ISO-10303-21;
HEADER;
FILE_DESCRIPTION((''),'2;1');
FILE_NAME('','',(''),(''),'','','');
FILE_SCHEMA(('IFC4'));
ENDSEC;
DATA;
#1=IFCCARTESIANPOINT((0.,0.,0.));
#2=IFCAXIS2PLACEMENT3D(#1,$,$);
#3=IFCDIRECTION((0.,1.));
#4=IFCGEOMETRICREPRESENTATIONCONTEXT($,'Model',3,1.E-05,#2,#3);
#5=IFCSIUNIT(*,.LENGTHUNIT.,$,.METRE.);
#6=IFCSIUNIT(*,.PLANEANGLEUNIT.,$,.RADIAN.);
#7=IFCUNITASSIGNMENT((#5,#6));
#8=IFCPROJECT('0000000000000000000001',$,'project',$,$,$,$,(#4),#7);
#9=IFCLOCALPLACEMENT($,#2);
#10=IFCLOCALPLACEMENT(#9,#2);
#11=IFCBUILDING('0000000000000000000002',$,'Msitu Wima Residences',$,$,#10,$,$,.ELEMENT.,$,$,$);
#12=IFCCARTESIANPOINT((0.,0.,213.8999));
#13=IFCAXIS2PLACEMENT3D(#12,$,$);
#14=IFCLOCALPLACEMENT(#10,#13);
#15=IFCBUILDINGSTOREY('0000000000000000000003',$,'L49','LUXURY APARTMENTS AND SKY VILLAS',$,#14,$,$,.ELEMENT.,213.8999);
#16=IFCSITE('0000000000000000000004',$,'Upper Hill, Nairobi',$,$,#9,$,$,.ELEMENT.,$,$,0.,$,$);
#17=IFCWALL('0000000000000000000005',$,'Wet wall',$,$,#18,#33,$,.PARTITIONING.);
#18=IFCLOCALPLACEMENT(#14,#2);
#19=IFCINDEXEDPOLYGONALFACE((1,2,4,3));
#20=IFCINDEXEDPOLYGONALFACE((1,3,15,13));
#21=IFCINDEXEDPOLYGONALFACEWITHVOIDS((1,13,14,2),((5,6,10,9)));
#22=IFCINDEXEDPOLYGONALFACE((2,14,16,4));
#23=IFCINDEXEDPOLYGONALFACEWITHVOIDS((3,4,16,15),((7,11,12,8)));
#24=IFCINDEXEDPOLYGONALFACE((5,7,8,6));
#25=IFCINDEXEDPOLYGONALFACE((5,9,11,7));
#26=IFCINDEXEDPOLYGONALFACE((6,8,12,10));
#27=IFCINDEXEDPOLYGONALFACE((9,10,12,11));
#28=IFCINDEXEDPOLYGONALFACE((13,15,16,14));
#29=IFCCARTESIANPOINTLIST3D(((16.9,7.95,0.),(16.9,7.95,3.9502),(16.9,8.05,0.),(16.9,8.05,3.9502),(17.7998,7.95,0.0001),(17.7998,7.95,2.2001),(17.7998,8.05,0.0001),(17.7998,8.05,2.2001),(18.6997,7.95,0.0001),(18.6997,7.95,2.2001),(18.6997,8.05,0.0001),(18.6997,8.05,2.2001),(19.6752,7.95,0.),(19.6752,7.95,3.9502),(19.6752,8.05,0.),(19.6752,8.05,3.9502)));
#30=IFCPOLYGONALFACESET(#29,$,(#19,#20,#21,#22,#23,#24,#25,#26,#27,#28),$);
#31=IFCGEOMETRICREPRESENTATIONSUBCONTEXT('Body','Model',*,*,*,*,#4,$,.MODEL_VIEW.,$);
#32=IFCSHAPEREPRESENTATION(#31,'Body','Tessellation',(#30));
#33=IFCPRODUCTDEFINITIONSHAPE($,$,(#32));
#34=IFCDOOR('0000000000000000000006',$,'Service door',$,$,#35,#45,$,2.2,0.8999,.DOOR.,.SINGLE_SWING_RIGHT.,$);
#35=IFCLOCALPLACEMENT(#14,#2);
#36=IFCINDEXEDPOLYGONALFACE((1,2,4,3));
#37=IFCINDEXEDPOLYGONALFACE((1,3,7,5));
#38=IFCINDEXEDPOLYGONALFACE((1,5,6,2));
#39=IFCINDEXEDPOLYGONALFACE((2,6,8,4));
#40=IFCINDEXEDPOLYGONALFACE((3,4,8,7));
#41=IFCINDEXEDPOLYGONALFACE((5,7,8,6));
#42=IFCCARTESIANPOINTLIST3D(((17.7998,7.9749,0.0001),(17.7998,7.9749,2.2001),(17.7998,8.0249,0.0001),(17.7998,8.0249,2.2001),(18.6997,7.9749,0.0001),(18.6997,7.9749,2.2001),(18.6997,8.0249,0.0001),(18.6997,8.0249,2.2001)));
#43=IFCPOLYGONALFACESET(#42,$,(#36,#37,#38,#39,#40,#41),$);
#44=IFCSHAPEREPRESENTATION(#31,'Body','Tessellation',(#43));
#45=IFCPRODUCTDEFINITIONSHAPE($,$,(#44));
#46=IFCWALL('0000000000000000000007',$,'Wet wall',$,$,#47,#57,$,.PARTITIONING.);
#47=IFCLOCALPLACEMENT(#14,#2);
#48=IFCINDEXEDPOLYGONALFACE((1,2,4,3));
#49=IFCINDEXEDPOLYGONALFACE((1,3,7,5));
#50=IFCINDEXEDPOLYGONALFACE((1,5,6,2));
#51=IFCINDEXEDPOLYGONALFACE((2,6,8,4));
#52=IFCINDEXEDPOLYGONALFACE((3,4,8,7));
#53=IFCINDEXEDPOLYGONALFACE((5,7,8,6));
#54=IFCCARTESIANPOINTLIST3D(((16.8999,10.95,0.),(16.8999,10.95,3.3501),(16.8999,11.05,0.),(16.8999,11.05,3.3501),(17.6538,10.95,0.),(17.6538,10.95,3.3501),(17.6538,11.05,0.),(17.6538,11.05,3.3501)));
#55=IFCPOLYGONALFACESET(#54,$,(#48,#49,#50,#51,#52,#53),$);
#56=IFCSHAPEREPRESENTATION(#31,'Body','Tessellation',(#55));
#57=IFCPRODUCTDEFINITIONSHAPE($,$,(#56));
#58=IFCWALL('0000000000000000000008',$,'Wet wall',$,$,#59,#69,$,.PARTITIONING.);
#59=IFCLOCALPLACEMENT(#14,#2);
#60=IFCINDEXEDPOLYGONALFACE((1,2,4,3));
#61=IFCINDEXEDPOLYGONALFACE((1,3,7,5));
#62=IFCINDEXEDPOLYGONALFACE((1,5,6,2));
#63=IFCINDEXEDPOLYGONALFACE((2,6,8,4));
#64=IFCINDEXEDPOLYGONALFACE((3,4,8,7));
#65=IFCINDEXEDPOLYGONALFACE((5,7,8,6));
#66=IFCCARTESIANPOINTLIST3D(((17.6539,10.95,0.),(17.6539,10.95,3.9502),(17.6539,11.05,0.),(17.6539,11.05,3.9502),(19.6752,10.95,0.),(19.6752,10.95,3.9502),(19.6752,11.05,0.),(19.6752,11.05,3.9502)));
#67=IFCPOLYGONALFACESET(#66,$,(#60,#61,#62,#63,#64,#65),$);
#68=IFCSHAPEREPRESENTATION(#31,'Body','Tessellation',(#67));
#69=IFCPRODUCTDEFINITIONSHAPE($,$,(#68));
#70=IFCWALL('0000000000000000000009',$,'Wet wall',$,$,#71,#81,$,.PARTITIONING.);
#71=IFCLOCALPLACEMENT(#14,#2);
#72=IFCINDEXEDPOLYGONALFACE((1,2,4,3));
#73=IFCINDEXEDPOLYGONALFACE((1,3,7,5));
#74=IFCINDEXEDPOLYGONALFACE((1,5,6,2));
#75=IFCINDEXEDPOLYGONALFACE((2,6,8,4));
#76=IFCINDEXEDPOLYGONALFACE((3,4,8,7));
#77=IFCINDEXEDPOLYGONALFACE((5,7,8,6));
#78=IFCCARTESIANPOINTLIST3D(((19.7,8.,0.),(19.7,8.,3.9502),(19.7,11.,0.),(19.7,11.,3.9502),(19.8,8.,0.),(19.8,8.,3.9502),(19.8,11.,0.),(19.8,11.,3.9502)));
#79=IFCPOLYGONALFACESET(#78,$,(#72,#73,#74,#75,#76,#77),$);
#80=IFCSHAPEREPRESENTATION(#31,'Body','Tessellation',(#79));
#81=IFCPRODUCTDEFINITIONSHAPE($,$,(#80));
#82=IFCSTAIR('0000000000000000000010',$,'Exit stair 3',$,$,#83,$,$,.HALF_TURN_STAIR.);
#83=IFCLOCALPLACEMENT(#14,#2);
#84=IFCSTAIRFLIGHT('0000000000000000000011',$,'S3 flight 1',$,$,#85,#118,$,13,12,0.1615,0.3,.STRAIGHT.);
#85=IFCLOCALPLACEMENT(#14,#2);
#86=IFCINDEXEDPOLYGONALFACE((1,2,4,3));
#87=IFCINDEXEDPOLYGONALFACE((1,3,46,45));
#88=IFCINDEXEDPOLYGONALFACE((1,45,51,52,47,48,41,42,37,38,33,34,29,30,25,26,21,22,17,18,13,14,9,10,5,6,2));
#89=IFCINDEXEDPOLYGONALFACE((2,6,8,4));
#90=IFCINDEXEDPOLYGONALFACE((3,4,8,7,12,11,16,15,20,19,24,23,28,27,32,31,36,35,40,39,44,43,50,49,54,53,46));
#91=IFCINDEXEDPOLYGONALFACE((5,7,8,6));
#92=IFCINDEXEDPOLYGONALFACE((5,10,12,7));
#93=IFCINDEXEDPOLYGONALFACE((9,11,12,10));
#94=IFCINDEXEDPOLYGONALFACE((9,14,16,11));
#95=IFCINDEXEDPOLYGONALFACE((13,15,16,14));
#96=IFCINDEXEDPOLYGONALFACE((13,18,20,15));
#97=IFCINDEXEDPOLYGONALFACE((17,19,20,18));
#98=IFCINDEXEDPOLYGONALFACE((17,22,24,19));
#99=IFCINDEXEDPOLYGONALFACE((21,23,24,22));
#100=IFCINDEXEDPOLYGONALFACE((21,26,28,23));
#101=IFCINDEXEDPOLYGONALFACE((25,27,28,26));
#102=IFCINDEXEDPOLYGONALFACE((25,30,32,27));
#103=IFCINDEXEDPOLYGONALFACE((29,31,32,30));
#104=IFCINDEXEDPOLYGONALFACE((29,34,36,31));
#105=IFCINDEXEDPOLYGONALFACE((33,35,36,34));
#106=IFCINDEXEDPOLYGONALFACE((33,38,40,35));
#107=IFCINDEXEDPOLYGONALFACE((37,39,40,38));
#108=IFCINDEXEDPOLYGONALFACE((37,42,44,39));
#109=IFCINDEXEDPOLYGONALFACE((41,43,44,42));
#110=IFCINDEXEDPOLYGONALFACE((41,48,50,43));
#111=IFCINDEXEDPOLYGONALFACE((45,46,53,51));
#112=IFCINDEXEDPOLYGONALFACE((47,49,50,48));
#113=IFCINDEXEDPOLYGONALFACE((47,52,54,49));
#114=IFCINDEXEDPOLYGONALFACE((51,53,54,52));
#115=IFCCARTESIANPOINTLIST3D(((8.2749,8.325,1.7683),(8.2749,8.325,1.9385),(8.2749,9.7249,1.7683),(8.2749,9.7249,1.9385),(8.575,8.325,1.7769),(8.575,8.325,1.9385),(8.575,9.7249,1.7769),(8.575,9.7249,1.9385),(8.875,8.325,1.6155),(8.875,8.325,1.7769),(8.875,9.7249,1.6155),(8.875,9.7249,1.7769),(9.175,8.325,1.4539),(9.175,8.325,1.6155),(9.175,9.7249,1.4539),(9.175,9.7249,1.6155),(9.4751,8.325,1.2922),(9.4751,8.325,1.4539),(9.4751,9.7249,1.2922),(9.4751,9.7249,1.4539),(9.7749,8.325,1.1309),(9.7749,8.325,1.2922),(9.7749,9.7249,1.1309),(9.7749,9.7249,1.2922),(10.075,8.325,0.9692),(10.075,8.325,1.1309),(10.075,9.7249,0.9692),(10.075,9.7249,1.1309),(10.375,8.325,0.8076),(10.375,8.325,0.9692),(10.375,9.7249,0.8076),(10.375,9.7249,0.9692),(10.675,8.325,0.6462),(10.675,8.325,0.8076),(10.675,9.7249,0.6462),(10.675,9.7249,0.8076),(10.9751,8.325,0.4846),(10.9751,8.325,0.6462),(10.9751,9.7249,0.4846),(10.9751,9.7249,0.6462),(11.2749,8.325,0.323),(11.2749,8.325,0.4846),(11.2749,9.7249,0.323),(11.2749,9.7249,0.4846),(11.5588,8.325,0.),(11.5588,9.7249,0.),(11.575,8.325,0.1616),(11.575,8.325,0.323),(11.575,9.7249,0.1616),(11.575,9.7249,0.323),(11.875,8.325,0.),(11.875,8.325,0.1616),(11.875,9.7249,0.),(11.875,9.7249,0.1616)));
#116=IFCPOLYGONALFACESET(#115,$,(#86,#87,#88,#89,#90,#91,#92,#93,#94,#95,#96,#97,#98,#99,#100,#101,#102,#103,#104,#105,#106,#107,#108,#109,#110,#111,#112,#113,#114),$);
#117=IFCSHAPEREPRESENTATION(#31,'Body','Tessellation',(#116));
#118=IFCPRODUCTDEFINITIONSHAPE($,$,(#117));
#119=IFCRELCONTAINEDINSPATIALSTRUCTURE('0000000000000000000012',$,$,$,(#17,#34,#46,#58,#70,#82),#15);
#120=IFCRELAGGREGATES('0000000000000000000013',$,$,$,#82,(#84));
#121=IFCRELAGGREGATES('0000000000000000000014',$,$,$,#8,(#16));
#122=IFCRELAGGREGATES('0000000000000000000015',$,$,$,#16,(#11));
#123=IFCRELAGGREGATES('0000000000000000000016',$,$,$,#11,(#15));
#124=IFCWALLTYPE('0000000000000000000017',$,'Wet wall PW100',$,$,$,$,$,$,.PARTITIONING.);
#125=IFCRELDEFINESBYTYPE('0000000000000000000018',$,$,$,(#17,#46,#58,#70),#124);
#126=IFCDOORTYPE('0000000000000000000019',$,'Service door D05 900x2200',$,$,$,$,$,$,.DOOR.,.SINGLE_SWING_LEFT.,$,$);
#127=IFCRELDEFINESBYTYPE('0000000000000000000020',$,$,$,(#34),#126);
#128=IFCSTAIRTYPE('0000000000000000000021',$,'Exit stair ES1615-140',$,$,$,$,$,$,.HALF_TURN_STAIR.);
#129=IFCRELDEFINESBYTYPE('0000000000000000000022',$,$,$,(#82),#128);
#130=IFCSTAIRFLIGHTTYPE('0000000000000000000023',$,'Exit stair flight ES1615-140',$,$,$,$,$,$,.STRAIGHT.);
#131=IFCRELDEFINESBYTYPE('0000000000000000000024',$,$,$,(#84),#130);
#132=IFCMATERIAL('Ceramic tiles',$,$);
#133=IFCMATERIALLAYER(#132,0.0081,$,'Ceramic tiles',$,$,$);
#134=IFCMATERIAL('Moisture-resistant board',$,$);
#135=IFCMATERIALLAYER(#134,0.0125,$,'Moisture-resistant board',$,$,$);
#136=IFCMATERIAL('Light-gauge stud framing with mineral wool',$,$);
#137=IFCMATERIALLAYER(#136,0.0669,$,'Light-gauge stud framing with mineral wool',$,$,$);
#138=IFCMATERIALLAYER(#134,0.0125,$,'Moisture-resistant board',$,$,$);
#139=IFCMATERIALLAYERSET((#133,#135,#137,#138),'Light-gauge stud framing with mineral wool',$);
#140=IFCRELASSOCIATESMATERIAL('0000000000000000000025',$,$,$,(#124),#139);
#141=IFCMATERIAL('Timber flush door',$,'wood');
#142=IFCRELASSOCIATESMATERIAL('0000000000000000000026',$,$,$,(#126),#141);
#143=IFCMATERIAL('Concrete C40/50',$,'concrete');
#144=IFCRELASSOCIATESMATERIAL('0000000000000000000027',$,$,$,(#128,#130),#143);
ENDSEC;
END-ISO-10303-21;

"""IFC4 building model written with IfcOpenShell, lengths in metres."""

from ifc_helpers import new_model, si_unit, direction, frame, frame_2d, origin, place, context, subcontext, project, spatial, polyline, rectangle, outline, extrude, material, layer, layer_set, type_object, element, fill, aggregate, save


model = new_model("IFC4")

# Units and contexts
model_context = context("Model", 3, precision=1e-05, world=origin(), true_north=direction((0.0, 1.0)))
body_context = subcontext(model_context, "Body", "Model", "MODEL_VIEW")
ifc_project = project(units=[si_unit("LENGTHUNIT", "METRE"), si_unit("PLANEANGLEUNIT", "RADIAN")], contexts=[model_context])

# Site, building, storey
site_placement = place(None, origin())
site = spatial("IfcSite", under=ifc_project, at=site_placement, Name="Upper Hill, Nairobi", CompositionType="ELEMENT", RefElevation=0.0)
building_placement = place(site_placement, origin())
building = spatial("IfcBuilding", under=site, at=building_placement, Name="Msitu Wima Residences", CompositionType="ELEMENT")
storey_placement = place(building_placement, frame((0.0, 0.0, 213.8999)))
storey = spatial("IfcBuildingStorey", under=building, at=storey_placement, Name="L49", Description="LUXURY APARTMENTS AND SKY VILLAS", CompositionType="ELEMENT", Elevation=213.8999)

# Shared definitions
ifc_material_1 = material(Name="Concrete C40/50", Category="concrete")

# Shared definitions
ifc_material_2 = material(Name="Timber flush door", Category="wood")

# Shared definitions
ifc_material_3 = material(Name="Ceramic tiles")
ifc_layer_1 = layer(ifc_material_3, 0.0081, Name="Ceramic tiles")
ifc_material_4 = material(Name="Moisture-resistant board")
ifc_layer_2 = layer(ifc_material_4, 0.0125, Name="Moisture-resistant board")
ifc_material_5 = material(Name="Light-gauge stud framing with mineral wool")
ifc_layer_3 = layer(ifc_material_5, 0.0669, Name="Light-gauge stud framing with mineral wool")
ifc_layer_4 = layer(ifc_material_4, 0.0125, Name="Moisture-resistant board")
ifc_layer_set_1 = layer_set([ifc_layer_1, ifc_layer_2, ifc_layer_3, ifc_layer_4], Name="Light-gauge stud framing with mineral wool")
wall_type_1 = type_object("IfcWallType", Name="Wet wall PW100", PredefinedType="PARTITIONING", material=ifc_layer_set_1)

# Wall, opening, door
wall_1_placement = place(storey_placement, frame((16.8999, 8.0, 0.0), z_axis=(0.0, 0.0, 1.0), x_axis=(1.0, 0.0, 0.0)))
wall_1 = element("IfcWall", 1, at=wall_1_placement, inside=storey, type_object=wall_type_1, Name="Wet wall", PredefinedType="PARTITIONING", context=body_context, shape_type="SweptSolid", body=[
    extrude(rectangle(XDim=2.7751, YDim=0.1001, at=frame_2d((1.3877, 0.0))), origin(), (0.0, 0.0, 1.0), 3.9502),
])
opening_1_placement = place(wall_1_placement, frame((0.8999, 0.0, 0.0)))
opening_1 = element("IfcOpeningElement", 2, at=opening_1_placement, cuts=wall_1, PredefinedType="OPENING", context=body_context, shape_type="SweptSolid", body=[
    extrude(rectangle(XDim=0.8999, YDim=2.2, at=frame_2d((0.45, 1.1001))), frame((0.0, 0.0601, 0.0), z_axis=(0.0, -1.0, 0.0), x_axis=(1.0, 0.0, 0.0)), (0.0, 0.0, 1.0), 0.1201),
])
door_type_1 = type_object("IfcDoorType", Name="Service door D05 900x2200", OperationType="SINGLE_SWING_LEFT", PredefinedType="DOOR", material=ifc_material_2)
door_1_placement = place(opening_1_placement, origin())
door_1 = element("IfcDoor", 3, at=door_1_placement, inside=storey, type_object=door_type_1, Name="Service door", OperationType="SINGLE_SWING_RIGHT", OverallHeight=2.2, OverallWidth=0.8999, PredefinedType="DOOR", context=body_context, shape_type="SweptSolid", body=[
    extrude(rectangle(XDim=0.8999, YDim=2.2, at=frame_2d((0.45, 1.1001))), frame((0.0, 0.0249, 0.0), z_axis=(0.0, -1.0, 0.0), x_axis=(1.0, 0.0, 0.0)), (0.0, 0.0, 1.0), 0.05),
])
fill(opening_1, door_1)

# Walls
wall_2_placement = place(storey_placement, frame((16.8999, 11.0, 0.0), z_axis=(0.0, 0.0, 1.0), x_axis=(1.0, 0.0, 0.0)))
element("IfcWall", 4, at=wall_2_placement, inside=storey, type_object=wall_type_1, Name="Wet wall", PredefinedType="PARTITIONING", context=body_context, shape_type="SweptSolid", body=[
    extrude(rectangle(XDim=0.7539, YDim=0.1001, at=frame_2d((0.377, 0.0))), origin(), (0.0, 0.0, 1.0), 3.3501),
])
wall_3_placement = place(storey_placement, frame((17.6538, 11.0, 0.0), z_axis=(0.0, 0.0, 1.0), x_axis=(1.0, 0.0, 0.0)))
element("IfcWall", 5, at=wall_3_placement, inside=storey, type_object=wall_type_1, Name="Wet wall", PredefinedType="PARTITIONING", context=body_context, shape_type="SweptSolid", body=[
    extrude(rectangle(XDim=2.0212, YDim=0.1001, at=frame_2d((1.0107, 0.0))), origin(), (0.0, 0.0, 1.0), 3.9502),
])
wall_4_placement = place(storey_placement, frame((19.75, 8.0, 0.0), z_axis=(0.0, 0.0, 1.0), x_axis=(0.0, 1.0, 0.0)))
element("IfcWall", 6, at=wall_4_placement, inside=storey, type_object=wall_type_1, Name="Wet wall", PredefinedType="PARTITIONING", context=body_context, shape_type="SweptSolid", body=[
    extrude(rectangle(XDim=3.0, YDim=0.1001, at=frame_2d((1.5, 0.0))), origin(), (0.0, 0.0, 1.0), 3.9502),
])

# Stair, stair flight
stair_type = type_object("IfcStairType", Name="Exit stair ES1615-140", PredefinedType="HALF_TURN_STAIR", material=ifc_material_1)
stair_placement = place(storey_placement, origin())
stair = element("IfcStair", 7, at=stair_placement, inside=storey, type_object=stair_type, Name="Exit stair 3", PredefinedType="HALF_TURN_STAIR")
stair_flight_type = type_object("IfcStairFlightType", Name="Exit stair flight ES1615-140", PredefinedType="STRAIGHT", material=ifc_material_1)
stair_flight_placement = place(storey_placement, frame((11.875, 9.0249, 0.0), z_axis=(0.0, 0.0, 1.0), x_axis=(-1.0, 0.0, 0.0)))
stair_flight = element("IfcStairFlight", 8, at=stair_flight_placement, type_object=stair_flight_type, Name="S3 flight 1", NumberOfRisers=13, NumberOfTreads=12, PredefinedType="STRAIGHT", RiserHeight=0.1615, TreadLength=0.3, context=body_context, shape_type="SweptSolid", body=[
    extrude(outline(polyline([(0.0, 0.0), (0.0, 0.1616), (0.3, 0.1616), (0.3, 0.323), (0.6001, 0.323), (0.6001, 0.4846), (0.8999, 0.4846), (0.8999, 0.6462), (1.2, 0.6462), (1.2, 0.8076), (1.5, 0.8076), (1.5, 0.9692), (1.8, 0.9692), (1.8, 1.1309), (2.1001, 1.1309), (2.1001, 1.2922), (2.3999, 1.2922), (2.3999, 1.4539), (2.7, 1.4539), (2.7, 1.6155), (3.0, 1.6155), (3.0, 1.7769), (3.3, 1.7769), (3.3, 1.9385), (3.6001, 1.9385), (3.6001, 2.1001), (3.6001, 1.7683), (0.3162, 0.0), (0.0, 0.0)])), frame((0.0, 0.7, 0.0), z_axis=(0.0, -1.0, 0.0), x_axis=(1.0, 0.0, 0.0)), (0.0, 0.0, 1.0), 1.3999),
])
aggregate(stair, [stair_flight])

save(model, "model.ifc")
